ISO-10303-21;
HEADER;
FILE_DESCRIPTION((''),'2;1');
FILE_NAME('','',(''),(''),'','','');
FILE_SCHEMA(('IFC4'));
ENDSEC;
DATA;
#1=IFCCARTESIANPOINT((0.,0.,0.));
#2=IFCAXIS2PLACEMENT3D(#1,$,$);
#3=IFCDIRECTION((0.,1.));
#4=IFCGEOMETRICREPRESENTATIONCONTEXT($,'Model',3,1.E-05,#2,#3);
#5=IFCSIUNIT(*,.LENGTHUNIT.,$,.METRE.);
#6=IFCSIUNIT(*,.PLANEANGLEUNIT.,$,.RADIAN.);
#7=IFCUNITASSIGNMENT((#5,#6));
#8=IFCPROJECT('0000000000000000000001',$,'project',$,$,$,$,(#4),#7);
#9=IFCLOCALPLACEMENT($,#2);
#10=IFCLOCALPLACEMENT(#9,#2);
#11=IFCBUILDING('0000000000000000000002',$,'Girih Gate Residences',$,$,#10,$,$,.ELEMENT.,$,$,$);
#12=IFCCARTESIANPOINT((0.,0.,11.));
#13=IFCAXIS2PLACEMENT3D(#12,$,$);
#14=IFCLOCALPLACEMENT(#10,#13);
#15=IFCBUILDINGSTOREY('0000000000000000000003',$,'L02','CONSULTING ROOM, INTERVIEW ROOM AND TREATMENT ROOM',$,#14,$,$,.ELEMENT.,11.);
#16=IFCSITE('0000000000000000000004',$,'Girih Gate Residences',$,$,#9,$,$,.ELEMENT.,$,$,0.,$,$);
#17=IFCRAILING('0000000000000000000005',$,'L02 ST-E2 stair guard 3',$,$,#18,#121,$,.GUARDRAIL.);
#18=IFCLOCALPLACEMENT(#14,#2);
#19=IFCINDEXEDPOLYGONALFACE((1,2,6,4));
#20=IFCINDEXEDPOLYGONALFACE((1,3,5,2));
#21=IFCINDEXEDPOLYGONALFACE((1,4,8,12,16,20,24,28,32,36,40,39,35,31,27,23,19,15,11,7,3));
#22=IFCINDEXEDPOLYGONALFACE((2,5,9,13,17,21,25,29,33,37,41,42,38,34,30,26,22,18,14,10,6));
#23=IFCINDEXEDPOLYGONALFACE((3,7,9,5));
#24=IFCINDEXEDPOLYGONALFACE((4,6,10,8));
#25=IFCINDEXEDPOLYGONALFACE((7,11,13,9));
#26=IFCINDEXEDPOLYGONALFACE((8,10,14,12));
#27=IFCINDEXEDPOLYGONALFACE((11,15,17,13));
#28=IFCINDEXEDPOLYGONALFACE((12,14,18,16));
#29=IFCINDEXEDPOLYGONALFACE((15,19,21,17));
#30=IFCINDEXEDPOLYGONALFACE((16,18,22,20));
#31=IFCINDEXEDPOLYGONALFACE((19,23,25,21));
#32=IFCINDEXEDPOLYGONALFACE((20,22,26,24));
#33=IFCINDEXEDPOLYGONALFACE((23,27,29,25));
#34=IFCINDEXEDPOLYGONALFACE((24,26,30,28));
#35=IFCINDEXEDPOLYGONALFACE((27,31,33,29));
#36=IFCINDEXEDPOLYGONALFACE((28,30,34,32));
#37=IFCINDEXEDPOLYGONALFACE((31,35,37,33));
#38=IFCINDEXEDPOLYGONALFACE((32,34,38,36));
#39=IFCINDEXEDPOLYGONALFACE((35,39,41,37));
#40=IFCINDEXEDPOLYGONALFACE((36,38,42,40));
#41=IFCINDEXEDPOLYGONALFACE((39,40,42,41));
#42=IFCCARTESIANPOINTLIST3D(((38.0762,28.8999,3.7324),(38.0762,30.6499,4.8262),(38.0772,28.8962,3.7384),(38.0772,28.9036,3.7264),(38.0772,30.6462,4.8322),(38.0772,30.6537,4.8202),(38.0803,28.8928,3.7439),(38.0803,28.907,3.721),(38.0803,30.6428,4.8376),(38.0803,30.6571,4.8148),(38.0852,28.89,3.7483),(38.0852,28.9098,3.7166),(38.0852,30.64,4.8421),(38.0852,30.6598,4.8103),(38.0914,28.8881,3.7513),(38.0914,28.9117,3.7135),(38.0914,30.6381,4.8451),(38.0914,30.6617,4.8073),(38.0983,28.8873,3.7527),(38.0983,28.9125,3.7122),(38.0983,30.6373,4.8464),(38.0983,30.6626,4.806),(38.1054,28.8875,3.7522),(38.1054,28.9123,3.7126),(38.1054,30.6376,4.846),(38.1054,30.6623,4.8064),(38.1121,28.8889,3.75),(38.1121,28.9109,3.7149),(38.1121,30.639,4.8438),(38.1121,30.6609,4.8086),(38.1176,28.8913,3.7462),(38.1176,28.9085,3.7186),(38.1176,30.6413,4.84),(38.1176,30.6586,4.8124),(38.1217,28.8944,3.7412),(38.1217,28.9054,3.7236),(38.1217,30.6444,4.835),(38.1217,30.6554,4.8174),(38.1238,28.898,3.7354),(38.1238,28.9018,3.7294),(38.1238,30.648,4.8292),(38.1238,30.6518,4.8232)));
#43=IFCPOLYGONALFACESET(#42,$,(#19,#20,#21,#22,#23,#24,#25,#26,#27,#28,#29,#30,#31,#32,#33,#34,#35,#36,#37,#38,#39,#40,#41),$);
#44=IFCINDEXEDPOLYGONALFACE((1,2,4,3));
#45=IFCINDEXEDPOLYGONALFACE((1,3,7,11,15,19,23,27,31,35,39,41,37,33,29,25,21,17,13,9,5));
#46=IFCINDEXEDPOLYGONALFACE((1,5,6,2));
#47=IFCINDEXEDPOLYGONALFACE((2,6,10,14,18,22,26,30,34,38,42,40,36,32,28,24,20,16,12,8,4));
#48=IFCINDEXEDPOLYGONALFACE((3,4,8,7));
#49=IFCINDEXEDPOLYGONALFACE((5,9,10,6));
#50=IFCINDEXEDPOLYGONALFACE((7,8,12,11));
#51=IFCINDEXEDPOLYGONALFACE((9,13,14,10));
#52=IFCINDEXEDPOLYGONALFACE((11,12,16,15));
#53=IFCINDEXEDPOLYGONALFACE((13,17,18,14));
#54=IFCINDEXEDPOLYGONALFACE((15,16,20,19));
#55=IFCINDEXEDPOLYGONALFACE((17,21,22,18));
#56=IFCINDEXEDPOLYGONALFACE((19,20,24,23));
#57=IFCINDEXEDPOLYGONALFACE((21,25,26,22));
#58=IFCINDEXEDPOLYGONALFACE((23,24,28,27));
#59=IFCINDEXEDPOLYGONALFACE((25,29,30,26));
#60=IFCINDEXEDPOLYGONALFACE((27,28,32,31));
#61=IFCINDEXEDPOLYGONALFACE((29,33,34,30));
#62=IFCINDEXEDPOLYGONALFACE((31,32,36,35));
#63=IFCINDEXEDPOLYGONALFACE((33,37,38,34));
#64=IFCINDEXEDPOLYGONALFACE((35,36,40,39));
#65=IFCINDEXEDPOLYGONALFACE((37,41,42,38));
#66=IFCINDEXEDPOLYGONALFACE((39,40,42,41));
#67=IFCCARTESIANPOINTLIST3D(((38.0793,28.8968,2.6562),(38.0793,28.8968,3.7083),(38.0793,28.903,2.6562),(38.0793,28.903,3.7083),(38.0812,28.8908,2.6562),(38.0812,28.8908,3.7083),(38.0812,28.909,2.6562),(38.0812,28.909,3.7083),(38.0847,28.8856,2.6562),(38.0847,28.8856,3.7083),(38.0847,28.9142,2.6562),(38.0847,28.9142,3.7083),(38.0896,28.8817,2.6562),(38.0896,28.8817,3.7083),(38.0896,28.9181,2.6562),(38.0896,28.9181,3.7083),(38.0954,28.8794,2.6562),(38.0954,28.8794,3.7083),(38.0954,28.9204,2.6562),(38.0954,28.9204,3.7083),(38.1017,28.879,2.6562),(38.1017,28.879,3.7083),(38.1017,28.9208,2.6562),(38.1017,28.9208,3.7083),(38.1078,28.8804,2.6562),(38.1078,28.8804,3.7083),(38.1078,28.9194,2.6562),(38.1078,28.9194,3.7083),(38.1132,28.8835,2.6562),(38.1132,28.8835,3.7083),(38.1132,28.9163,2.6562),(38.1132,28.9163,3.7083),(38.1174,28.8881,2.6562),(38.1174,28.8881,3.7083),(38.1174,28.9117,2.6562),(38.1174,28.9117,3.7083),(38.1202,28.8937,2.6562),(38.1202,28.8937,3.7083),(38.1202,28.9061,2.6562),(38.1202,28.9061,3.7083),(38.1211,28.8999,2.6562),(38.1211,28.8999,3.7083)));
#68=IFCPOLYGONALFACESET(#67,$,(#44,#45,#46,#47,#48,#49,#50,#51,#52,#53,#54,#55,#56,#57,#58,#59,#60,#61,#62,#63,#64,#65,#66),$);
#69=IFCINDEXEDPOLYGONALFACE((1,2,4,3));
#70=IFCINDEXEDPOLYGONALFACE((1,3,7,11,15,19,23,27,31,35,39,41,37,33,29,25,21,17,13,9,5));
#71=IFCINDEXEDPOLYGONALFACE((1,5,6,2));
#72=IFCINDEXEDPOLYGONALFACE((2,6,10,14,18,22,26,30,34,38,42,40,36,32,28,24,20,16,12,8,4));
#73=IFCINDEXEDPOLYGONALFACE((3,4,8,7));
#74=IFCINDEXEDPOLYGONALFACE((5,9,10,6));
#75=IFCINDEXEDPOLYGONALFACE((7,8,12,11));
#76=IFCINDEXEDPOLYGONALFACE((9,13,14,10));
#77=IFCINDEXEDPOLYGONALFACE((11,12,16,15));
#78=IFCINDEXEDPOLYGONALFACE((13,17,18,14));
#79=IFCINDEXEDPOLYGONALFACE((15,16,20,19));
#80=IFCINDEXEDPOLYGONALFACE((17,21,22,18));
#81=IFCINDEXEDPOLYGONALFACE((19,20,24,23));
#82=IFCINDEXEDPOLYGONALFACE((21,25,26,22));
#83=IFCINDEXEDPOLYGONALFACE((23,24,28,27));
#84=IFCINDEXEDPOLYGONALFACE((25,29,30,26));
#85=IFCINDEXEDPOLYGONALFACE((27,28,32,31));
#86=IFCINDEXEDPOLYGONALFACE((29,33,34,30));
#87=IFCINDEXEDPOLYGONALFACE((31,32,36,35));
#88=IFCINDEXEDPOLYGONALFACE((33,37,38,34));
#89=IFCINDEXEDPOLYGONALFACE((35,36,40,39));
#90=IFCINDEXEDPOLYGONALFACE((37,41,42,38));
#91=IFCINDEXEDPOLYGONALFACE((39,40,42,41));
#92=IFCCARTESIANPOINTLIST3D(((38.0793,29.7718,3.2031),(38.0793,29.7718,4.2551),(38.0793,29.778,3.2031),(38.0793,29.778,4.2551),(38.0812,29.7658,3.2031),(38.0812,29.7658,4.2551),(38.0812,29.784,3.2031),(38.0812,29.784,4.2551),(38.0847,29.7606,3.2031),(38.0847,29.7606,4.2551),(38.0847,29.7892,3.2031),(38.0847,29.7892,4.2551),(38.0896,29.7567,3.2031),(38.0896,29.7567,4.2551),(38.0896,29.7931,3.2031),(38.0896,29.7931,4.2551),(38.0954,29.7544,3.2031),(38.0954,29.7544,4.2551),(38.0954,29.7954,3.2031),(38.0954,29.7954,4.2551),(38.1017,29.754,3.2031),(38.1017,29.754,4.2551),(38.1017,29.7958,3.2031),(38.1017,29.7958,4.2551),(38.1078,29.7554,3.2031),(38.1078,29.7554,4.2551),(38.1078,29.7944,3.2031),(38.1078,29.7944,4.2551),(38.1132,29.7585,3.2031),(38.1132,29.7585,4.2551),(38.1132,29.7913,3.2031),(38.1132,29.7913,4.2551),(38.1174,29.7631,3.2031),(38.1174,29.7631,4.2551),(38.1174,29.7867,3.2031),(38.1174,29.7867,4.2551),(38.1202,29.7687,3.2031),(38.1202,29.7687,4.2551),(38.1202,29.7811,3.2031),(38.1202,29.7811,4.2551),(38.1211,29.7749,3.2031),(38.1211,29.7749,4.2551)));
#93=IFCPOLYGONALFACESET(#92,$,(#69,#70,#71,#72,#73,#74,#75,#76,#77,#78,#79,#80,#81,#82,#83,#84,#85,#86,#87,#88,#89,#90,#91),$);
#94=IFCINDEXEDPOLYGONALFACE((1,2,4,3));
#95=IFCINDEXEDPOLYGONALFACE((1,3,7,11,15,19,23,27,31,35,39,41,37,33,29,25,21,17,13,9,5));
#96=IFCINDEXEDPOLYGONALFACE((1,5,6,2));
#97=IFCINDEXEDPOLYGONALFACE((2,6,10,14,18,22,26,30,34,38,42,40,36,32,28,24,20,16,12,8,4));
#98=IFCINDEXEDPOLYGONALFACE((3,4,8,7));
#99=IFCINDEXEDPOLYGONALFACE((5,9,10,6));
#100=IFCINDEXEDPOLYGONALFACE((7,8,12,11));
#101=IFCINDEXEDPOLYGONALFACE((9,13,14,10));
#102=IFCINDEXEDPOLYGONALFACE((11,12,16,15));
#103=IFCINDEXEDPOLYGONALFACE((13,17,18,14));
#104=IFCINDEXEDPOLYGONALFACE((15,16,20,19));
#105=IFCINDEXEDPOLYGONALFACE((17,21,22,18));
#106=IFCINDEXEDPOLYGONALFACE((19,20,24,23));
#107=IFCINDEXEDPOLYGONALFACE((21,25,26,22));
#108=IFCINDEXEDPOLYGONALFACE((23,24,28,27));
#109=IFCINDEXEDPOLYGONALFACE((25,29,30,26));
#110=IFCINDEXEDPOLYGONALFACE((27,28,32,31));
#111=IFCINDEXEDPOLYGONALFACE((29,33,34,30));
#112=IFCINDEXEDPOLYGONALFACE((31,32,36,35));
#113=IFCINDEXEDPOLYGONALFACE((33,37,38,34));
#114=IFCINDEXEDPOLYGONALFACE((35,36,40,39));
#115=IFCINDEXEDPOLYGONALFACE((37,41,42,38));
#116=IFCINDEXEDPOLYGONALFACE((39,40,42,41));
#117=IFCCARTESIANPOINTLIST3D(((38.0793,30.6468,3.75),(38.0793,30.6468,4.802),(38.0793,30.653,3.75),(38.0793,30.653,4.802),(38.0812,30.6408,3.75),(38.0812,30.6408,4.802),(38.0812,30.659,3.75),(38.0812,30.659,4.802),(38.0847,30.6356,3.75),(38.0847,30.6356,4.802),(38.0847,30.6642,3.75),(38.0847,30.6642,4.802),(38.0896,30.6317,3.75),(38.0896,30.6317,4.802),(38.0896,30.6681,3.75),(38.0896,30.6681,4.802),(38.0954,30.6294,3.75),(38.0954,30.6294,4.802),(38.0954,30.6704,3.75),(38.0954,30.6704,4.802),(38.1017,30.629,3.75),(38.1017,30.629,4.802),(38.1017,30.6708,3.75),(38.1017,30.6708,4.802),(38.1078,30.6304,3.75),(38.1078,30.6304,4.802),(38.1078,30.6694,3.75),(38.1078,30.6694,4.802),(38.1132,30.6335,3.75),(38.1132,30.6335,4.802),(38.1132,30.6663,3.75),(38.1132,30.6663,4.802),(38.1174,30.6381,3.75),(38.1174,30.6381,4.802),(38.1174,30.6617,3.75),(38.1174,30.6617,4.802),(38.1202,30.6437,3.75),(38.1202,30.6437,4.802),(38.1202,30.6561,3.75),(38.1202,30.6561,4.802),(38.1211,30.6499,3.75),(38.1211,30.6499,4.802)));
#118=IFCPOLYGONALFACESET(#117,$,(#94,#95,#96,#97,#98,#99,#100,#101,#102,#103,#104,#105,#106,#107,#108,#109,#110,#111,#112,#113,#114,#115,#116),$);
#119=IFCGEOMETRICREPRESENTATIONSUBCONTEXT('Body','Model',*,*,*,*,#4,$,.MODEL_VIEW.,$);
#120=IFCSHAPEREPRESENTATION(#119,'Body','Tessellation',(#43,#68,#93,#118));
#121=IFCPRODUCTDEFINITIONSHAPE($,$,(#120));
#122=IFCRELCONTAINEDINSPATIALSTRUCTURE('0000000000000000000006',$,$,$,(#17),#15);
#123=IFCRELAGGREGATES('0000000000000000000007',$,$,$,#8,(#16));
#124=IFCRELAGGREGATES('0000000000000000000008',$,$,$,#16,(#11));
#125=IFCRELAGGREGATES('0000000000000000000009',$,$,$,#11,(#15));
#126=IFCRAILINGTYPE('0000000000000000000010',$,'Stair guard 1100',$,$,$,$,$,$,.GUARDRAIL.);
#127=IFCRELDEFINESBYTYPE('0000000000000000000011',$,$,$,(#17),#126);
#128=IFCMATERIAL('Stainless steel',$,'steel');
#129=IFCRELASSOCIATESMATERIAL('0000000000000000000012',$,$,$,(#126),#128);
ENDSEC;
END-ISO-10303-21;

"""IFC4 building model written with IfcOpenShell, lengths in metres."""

from ifc_helpers import new_model, si_unit, direction, frame, origin, origin_2d, place, context, subcontext, project, spatial, circle, extrude, material, type_object, element, save


model = new_model("IFC4")

# Units and contexts
model_context = context("Model", 3, precision=1e-05, world=origin(), true_north=direction((0.0, 1.0)))
body_context = subcontext(model_context, "Body", "Model", "MODEL_VIEW")
ifc_project = project(units=[si_unit("LENGTHUNIT", "METRE"), si_unit("PLANEANGLEUNIT", "RADIAN")], contexts=[model_context])

# Site, building, storey
site_placement = place(None, origin())
site = spatial("IfcSite", under=ifc_project, at=site_placement, Name="Girih Gate Residences", CompositionType="ELEMENT", RefElevation=0.0)
building_placement = place(site_placement, origin())
building = spatial("IfcBuilding", under=site, at=building_placement, Name="Girih Gate Residences", CompositionType="ELEMENT")
storey_placement = place(building_placement, frame((0.0, 0.0, 11.0)))
storey = spatial("IfcBuildingStorey", under=building, at=storey_placement, Name="L02", Description="CONSULTING ROOM, INTERVIEW ROOM AND TREATMENT ROOM", CompositionType="ELEMENT", Elevation=11.0)

# Railing
ifc_material_1 = material(Name="Stainless steel", Category="steel")
railing_type_1 = type_object("IfcRailingType", Name="Stair guard 1100", PredefinedType="GUARDRAIL", material=ifc_material_1)
railing_1_placement = place(storey_placement, frame((38.1001, 28.8999, 2.6562)))
element("IfcRailing", 1, at=railing_1_placement, inside=storey, type_object=railing_type_1, Name="L02 ST-E2 stair guard 3", PredefinedType="GUARDRAIL", context=body_context, shape_type="SweptSolid", body=[
    extrude(circle(Radius=0.0239, at=origin_2d()), frame((0.0, 0.0, 1.0762), z_axis=(0.0, 0.847998, 0.529999), x_axis=(-1.0, 0.0, 0.0)), (0.0, 0.0, 1.0), 2.0637),
    extrude(circle(Radius=0.021, at=origin_2d()), origin(), (0.0, 0.0, 1.0), 1.052),
    extrude(circle(Radius=0.021, at=origin_2d()), frame((0.0, 0.875, 0.5469)), (0.0, 0.0, 1.0), 1.052),
    extrude(circle(Radius=0.021, at=origin_2d()), frame((0.0, 1.75, 1.0938)), (0.0, 0.0, 1.0), 1.052),
])

save(model, "model.ifc")
